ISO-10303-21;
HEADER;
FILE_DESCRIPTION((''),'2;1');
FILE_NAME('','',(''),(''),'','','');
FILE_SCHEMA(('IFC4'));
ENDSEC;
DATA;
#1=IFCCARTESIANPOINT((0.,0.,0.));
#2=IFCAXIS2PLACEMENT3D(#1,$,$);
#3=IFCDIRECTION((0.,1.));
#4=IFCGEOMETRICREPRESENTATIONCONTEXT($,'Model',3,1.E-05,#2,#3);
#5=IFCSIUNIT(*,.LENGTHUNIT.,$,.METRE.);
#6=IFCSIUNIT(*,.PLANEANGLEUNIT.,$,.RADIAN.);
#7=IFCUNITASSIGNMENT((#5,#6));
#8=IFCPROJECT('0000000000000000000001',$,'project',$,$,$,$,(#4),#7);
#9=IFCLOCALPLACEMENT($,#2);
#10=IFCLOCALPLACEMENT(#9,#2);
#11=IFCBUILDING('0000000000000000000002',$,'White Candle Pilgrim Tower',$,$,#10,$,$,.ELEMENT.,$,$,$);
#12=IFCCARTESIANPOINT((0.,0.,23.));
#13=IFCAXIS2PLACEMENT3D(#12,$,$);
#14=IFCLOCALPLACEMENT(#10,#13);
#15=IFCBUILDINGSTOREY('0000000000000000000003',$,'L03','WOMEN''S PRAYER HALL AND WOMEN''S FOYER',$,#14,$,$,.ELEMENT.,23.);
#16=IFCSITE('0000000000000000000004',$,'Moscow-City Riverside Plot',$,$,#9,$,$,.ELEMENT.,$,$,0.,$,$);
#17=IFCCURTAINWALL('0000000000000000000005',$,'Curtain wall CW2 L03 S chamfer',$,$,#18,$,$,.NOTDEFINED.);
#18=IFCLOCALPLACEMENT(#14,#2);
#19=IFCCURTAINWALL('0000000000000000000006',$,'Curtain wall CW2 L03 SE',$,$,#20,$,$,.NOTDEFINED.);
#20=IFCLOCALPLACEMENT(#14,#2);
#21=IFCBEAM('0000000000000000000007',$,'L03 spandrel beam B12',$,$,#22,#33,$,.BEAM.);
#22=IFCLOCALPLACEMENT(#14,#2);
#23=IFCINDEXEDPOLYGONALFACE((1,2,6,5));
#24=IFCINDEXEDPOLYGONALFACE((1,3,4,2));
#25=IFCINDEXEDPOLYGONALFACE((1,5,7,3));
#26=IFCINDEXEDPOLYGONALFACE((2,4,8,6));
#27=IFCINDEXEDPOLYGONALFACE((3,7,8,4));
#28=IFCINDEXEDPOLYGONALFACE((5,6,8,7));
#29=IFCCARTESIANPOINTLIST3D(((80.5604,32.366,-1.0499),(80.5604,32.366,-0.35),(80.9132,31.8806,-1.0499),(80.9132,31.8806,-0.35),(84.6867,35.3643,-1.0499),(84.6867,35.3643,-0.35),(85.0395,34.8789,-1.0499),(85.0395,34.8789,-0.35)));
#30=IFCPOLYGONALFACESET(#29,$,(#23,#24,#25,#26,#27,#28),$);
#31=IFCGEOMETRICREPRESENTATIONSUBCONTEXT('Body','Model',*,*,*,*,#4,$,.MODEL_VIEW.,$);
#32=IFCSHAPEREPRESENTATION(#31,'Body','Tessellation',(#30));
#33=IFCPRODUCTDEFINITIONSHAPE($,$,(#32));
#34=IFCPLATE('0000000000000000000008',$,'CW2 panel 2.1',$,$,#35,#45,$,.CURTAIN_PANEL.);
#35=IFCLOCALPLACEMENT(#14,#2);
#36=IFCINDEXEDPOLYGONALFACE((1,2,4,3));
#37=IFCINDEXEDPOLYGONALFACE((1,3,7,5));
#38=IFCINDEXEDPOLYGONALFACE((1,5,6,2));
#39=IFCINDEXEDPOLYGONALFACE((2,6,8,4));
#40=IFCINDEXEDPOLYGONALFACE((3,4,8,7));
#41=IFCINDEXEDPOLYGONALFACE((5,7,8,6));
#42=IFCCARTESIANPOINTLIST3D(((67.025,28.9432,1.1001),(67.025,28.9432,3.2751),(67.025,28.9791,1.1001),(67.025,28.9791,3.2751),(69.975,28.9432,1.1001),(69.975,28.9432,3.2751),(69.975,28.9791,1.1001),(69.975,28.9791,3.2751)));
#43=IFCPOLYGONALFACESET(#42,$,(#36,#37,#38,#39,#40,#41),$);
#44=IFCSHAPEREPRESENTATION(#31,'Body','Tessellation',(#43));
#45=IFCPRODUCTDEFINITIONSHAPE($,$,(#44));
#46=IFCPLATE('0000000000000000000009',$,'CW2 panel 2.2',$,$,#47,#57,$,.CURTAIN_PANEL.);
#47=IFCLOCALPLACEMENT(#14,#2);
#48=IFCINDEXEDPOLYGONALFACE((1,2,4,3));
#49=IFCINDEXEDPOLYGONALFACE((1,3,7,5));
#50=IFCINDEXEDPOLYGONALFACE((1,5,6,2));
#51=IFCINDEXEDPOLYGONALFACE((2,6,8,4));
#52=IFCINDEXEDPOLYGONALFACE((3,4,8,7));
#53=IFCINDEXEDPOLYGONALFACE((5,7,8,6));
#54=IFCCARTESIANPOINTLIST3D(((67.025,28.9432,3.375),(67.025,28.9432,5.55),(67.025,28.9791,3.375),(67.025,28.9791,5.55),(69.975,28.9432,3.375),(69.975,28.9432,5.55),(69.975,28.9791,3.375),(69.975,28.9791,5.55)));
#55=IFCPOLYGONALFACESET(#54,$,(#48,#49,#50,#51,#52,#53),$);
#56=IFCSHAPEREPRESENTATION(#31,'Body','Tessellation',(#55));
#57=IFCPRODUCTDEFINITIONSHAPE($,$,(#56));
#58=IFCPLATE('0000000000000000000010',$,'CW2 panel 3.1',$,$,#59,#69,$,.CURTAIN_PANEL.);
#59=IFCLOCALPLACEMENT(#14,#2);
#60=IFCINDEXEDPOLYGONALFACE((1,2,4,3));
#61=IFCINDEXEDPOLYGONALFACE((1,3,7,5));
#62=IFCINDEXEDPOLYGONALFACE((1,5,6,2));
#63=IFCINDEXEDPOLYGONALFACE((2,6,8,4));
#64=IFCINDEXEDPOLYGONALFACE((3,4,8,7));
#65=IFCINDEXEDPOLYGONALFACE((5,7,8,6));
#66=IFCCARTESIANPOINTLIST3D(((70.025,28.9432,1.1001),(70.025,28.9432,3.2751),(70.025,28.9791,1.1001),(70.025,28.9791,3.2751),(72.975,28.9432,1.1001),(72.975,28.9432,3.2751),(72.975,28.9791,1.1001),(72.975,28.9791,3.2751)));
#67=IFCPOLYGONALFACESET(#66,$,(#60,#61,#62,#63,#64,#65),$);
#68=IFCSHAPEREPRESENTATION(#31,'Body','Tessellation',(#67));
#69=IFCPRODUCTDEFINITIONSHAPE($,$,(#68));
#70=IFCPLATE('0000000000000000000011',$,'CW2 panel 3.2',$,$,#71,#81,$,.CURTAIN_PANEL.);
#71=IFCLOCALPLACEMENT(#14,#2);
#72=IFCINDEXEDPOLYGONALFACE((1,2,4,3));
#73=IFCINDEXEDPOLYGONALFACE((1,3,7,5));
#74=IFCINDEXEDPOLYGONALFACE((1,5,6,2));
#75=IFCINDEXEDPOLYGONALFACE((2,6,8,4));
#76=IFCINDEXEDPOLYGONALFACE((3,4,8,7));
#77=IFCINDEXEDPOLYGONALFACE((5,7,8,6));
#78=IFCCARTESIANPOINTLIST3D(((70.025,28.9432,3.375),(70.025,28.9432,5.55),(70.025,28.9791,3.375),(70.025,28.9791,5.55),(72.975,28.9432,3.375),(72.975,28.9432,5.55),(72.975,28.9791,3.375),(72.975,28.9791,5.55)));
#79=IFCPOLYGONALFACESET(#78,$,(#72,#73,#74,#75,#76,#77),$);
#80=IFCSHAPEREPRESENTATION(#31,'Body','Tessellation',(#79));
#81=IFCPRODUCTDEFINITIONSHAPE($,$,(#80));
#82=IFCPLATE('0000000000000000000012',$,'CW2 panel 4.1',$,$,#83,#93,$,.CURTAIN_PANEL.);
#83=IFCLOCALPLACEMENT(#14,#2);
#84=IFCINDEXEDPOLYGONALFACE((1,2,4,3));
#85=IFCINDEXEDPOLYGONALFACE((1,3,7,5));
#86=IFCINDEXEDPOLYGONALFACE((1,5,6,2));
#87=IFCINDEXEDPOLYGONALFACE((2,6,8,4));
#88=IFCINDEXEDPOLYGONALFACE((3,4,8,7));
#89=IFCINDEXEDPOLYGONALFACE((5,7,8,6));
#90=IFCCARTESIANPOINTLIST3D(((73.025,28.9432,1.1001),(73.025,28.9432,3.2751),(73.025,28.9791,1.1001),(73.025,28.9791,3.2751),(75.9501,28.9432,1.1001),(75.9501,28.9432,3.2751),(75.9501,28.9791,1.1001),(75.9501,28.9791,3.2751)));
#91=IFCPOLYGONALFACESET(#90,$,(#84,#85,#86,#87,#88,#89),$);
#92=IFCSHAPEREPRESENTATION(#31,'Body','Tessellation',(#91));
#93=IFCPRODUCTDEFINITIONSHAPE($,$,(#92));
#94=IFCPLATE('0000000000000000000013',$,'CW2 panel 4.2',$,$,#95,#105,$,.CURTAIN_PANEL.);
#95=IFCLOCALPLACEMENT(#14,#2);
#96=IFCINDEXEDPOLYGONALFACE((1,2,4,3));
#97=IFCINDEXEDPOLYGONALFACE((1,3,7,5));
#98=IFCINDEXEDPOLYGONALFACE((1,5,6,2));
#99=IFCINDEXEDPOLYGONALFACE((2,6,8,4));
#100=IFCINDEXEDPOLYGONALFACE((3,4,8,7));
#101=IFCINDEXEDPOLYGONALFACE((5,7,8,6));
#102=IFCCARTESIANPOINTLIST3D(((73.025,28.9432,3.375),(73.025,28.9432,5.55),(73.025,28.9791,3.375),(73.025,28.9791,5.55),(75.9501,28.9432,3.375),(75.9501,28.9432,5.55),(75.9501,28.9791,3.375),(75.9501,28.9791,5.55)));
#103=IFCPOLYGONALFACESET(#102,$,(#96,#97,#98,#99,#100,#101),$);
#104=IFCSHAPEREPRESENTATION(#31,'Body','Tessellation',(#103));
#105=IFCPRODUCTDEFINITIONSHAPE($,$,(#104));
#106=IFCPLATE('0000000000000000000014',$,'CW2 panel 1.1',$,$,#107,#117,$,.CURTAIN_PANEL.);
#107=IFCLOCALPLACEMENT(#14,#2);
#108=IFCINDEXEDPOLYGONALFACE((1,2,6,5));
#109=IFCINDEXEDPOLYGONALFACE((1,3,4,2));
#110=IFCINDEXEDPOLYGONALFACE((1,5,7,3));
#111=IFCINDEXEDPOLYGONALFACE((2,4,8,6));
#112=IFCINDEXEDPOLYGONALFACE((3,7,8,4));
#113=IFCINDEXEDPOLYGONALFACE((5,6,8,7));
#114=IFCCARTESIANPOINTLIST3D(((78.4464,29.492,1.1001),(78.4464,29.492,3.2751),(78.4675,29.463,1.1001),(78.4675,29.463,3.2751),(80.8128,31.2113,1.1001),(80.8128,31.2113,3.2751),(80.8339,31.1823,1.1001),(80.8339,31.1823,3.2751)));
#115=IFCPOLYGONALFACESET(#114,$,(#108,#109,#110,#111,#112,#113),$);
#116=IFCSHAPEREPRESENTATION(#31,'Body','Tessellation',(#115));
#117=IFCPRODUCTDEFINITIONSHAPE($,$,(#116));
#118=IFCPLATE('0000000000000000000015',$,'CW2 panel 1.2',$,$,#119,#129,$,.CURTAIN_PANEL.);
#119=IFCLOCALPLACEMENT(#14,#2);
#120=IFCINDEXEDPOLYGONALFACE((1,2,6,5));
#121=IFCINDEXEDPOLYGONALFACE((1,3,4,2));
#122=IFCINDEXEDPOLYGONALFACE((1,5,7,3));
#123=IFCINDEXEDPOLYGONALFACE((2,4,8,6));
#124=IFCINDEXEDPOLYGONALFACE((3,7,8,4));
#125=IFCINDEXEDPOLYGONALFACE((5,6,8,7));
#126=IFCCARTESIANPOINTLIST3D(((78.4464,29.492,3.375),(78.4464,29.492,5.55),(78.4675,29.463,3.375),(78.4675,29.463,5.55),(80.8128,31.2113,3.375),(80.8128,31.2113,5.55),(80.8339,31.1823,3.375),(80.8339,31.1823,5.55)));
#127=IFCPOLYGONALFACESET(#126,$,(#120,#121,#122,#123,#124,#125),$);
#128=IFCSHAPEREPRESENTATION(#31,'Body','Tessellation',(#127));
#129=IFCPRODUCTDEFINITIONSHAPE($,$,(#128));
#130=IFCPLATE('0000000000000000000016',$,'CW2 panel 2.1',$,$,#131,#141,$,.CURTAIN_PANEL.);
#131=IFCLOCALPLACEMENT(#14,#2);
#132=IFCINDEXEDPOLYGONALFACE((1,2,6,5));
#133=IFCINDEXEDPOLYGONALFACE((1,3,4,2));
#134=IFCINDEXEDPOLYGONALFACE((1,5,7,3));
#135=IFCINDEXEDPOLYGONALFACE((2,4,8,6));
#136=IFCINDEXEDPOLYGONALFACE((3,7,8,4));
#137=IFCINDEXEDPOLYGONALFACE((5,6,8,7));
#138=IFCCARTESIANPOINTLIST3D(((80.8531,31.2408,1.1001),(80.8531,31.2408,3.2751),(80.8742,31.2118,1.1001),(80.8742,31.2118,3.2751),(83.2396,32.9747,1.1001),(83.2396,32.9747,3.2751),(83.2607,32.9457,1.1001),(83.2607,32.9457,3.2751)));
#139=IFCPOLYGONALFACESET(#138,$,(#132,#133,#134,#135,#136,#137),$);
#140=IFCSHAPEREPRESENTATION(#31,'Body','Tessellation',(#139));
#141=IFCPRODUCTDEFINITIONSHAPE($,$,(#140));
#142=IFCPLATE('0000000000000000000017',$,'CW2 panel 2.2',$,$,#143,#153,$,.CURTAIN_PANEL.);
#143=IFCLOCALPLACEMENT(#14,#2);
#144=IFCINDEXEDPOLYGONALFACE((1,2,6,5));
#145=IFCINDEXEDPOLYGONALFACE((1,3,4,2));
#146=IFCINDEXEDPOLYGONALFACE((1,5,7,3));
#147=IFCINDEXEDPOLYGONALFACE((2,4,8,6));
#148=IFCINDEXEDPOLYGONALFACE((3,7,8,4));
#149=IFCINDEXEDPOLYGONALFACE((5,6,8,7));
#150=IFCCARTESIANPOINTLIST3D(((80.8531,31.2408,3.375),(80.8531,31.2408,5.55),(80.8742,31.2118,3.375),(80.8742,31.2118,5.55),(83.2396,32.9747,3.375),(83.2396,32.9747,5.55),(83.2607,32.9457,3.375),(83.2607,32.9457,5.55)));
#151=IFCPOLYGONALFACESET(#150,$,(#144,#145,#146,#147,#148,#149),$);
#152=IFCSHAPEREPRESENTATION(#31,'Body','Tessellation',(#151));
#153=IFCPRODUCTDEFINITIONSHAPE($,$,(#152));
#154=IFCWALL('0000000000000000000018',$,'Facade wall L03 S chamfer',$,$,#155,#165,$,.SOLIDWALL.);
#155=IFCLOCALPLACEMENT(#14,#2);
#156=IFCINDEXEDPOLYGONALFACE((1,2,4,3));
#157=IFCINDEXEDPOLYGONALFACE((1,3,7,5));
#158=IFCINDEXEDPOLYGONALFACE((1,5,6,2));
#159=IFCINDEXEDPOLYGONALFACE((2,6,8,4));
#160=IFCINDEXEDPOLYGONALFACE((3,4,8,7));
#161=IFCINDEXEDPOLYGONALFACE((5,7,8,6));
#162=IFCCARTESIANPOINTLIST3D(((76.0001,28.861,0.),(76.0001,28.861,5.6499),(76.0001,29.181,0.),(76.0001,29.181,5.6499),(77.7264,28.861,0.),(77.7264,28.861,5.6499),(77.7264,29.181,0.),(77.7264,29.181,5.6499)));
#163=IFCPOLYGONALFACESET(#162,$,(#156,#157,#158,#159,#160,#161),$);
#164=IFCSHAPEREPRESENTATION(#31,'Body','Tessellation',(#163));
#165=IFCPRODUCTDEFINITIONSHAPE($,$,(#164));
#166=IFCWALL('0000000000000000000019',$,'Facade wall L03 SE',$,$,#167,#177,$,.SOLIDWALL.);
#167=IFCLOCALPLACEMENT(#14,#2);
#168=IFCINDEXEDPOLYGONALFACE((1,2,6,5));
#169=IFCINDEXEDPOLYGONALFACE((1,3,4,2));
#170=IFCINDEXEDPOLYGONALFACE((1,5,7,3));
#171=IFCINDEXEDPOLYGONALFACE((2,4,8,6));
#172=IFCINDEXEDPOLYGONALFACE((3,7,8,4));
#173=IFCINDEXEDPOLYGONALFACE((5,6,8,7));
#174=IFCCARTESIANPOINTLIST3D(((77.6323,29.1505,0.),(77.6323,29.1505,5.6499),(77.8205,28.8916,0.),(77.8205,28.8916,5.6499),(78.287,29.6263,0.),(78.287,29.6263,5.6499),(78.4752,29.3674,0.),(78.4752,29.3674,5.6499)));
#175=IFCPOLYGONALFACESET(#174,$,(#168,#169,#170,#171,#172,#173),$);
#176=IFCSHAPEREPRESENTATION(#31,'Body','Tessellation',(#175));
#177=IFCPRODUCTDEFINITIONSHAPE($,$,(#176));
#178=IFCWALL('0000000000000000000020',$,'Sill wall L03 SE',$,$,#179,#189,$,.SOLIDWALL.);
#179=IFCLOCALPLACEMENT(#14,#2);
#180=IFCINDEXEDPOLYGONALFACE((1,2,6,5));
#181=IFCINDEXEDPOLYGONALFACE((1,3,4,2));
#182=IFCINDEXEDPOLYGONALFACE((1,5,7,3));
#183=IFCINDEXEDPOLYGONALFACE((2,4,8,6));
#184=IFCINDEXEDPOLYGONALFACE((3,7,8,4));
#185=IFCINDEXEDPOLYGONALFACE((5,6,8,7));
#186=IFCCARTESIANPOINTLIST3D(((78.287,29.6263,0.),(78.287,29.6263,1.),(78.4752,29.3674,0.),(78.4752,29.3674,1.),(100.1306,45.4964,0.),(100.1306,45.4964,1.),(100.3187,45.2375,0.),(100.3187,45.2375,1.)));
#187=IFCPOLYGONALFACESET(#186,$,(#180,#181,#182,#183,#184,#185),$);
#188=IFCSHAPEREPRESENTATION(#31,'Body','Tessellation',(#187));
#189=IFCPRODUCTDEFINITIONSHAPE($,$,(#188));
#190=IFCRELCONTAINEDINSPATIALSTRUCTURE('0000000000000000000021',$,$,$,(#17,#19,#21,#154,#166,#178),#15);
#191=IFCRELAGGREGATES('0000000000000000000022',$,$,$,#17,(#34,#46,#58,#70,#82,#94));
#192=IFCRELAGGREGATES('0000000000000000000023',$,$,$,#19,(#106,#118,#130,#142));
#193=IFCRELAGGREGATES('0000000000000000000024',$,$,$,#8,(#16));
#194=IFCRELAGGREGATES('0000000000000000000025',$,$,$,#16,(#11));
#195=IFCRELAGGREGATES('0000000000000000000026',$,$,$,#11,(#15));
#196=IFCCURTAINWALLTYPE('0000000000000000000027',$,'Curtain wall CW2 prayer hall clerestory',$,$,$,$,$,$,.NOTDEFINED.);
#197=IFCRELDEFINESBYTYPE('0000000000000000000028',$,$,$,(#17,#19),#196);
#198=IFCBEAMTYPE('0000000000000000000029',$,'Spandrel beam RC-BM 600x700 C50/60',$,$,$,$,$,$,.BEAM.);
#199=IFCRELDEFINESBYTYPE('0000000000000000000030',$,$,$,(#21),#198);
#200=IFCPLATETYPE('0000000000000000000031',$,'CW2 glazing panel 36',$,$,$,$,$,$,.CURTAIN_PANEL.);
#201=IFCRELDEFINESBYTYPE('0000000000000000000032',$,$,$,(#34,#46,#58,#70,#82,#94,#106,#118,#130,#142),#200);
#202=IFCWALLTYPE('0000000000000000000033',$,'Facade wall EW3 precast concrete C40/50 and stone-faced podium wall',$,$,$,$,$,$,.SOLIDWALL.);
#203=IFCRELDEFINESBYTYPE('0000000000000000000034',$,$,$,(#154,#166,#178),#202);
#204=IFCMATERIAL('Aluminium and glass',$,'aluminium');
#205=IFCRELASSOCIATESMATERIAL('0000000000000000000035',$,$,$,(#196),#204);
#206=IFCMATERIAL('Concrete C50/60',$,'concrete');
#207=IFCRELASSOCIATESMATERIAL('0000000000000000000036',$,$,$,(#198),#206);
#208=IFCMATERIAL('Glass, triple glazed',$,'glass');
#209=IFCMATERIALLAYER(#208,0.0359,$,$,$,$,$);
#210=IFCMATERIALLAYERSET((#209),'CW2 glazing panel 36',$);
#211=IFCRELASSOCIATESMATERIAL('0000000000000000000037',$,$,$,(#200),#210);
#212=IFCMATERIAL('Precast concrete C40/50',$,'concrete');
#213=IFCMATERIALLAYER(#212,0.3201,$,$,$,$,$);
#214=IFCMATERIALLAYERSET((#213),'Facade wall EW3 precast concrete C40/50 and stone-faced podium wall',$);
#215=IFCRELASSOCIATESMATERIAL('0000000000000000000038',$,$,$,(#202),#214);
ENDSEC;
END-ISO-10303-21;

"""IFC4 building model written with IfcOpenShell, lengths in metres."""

from ifc_helpers import new_model, si_unit, direction, frame, frame_2d, origin, origin_2d, place, context, subcontext, project, spatial, rectangle, extrude, material, layer, layer_set, material_profile, profile_set, type_object, element, aggregate, save


model = new_model("IFC4")

# Units and contexts
model_context = context("Model", 3, precision=1e-05, world=origin(), true_north=direction((0.0, 1.0)))
body_context = subcontext(model_context, "Body", "Model", "MODEL_VIEW")
ifc_project = project(units=[si_unit("LENGTHUNIT", "METRE"), si_unit("PLANEANGLEUNIT", "RADIAN")], contexts=[model_context])

# Site, building, storey
site_placement = place(None, origin())
site = spatial("IfcSite", under=ifc_project, at=site_placement, Name="Moscow-City Riverside Plot", CompositionType="ELEMENT", RefElevation=0.0)
building_placement = place(site_placement, origin())
building = spatial("IfcBuilding", under=site, at=building_placement, Name="White Candle Pilgrim Tower", CompositionType="ELEMENT")
storey_placement = place(building_placement, frame((0.0, 0.0, 23.0)))
storey = spatial("IfcBuildingStorey", under=building, at=storey_placement, Name="L03", Description="WOMEN'S PRAYER HALL AND WOMEN'S FOYER", CompositionType="ELEMENT", Elevation=23.0)

# Curtain walls
ifc_material_1 = material(Name="Aluminium and glass", Category="aluminium")
curtain_wall_type = type_object("IfcCurtainWallType", Name="Curtain wall CW2 prayer hall clerestory", PredefinedType="NOTDEFINED", material=ifc_material_1)
curtain_wall_1_placement = place(storey_placement, origin())
curtain_wall_1 = element("IfcCurtainWall", 1, at=curtain_wall_1_placement, inside=storey, type_object=curtain_wall_type, Name="Curtain wall CW2 L03 S chamfer", PredefinedType="NOTDEFINED")
curtain_wall_2_placement = place(storey_placement, origin())
curtain_wall_2 = element("IfcCurtainWall", 2, at=curtain_wall_2_placement, inside=storey, type_object=curtain_wall_type, Name="Curtain wall CW2 L03 SE", PredefinedType="NOTDEFINED")

# Beam
ifc_material_2 = material(Name="Concrete C50/60", Category="concrete")
ifc_material_profile_1 = material_profile(ifc_material_2, rectangle(XDim=0.6001, YDim=0.7, at=origin_2d()), Name="RC-BM 600x700")
ifc_profile_set_1 = profile_set([ifc_material_profile_1], Name="Concrete C50/60")
beam_type = type_object("IfcBeamType", Name="Spandrel beam RC-BM 600x700 C50/60", PredefinedType="BEAM", material=ifc_profile_set_1)
beam_1_placement = place(storey_placement, frame((80.7368, 32.1233, -0.7), z_axis=(0.808978, 0.587839, 0.0), x_axis=(-0.587839, 0.808978, 0.0)))
element("IfcBeam", 3, at=beam_1_placement, inside=storey, type_object=beam_type, Name="L03 spandrel beam B12", PredefinedType="BEAM", context=body_context, shape_type="SweptSolid", body=[
    extrude(rectangle(XDim=0.6001, YDim=0.7, at=origin_2d()), origin(), (0.0, 0.0, 1.0), 5.1006),
])

# Plates
ifc_material_3 = material(Name="Glass, triple glazed", Category="glass")
ifc_layer_1 = layer(ifc_material_3, 0.0359)
ifc_layer_set_1 = layer_set([ifc_layer_1], Name="CW2 glazing panel 36")
plate_type = type_object("IfcPlateType", Name="CW2 glazing panel 36", PredefinedType="CURTAIN_PANEL", material=ifc_layer_set_1)
plate_1_placement = place(storey_placement, frame((68.5, 28.9612, 1.1001), z_axis=(0.0, 0.0, 1.0), x_axis=(1.0, 0.0, 0.0)))
plate_1 = element("IfcPlate", 4, at=plate_1_placement, type_object=plate_type, Name="CW2 panel 2.1", PredefinedType="CURTAIN_PANEL", context=body_context, shape_type="SweptSolid", body=[
    extrude(rectangle(XDim=2.95, YDim=0.0359, at=origin_2d()), origin(), (0.0, 0.0, 1.0), 2.175),
])
plate_2_placement = place(storey_placement, frame((68.5, 28.9612, 3.375), z_axis=(0.0, 0.0, 1.0), x_axis=(1.0, 0.0, 0.0)))
plate_2 = element("IfcPlate", 5, at=plate_2_placement, type_object=plate_type, Name="CW2 panel 2.2", PredefinedType="CURTAIN_PANEL", context=body_context, shape_type="SweptSolid", body=[
    extrude(rectangle(XDim=2.95, YDim=0.0359, at=origin_2d()), origin(), (0.0, 0.0, 1.0), 2.175),
])
plate_3_placement = place(storey_placement, frame((71.5, 28.9612, 1.1001), z_axis=(0.0, 0.0, 1.0), x_axis=(1.0, 0.0, 0.0)))
plate_3 = element("IfcPlate", 6, at=plate_3_placement, type_object=plate_type, Name="CW2 panel 3.1", PredefinedType="CURTAIN_PANEL", context=body_context, shape_type="SweptSolid", body=[
    extrude(rectangle(XDim=2.95, YDim=0.0359, at=origin_2d()), origin(), (0.0, 0.0, 1.0), 2.175),
])
plate_4_placement = place(storey_placement, frame((71.5, 28.9612, 3.375), z_axis=(0.0, 0.0, 1.0), x_axis=(1.0, 0.0, 0.0)))
plate_4 = element("IfcPlate", 7, at=plate_4_placement, type_object=plate_type, Name="CW2 panel 3.2", PredefinedType="CURTAIN_PANEL", context=body_context, shape_type="SweptSolid", body=[
    extrude(rectangle(XDim=2.95, YDim=0.0359, at=origin_2d()), origin(), (0.0, 0.0, 1.0), 2.175),
])
plate_5_placement = place(storey_placement, frame((74.4875, 28.9612, 1.1001), z_axis=(0.0, 0.0, 1.0), x_axis=(1.0, 0.0, 0.0)))
plate_5 = element("IfcPlate", 8, at=plate_5_placement, type_object=plate_type, Name="CW2 panel 4.1", PredefinedType="CURTAIN_PANEL", context=body_context, shape_type="SweptSolid", body=[
    extrude(rectangle(XDim=2.925, YDim=0.0359, at=origin_2d()), origin(), (0.0, 0.0, 1.0), 2.175),
])
plate_6_placement = place(storey_placement, frame((74.4875, 28.9612, 3.375), z_axis=(0.0, 0.0, 1.0), x_axis=(1.0, 0.0, 0.0)))
plate_6 = element("IfcPlate", 9, at=plate_6_placement, type_object=plate_type, Name="CW2 panel 4.2", PredefinedType="CURTAIN_PANEL", context=body_context, shape_type="SweptSolid", body=[
    extrude(rectangle(XDim=2.925, YDim=0.0359, at=origin_2d()), origin(), (0.0, 0.0, 1.0), 2.175),
])
aggregate(curtain_wall_1, [plate_1, plate_2, plate_3, plate_4, plate_5, plate_6])
plate_7_placement = place(storey_placement, frame((79.6401, 30.3372, 1.1001), z_axis=(0.0, 0.0, 1.0), x_axis=(0.809017, 0.587785, 0.0)))
plate_7 = element("IfcPlate", 10, at=plate_7_placement, type_object=plate_type, Name="CW2 panel 1.1", PredefinedType="CURTAIN_PANEL", context=body_context, shape_type="SweptSolid", body=[
    extrude(rectangle(XDim=2.925, YDim=0.0359, at=origin_2d()), origin(), (0.0, 0.0, 1.0), 2.175),
])
plate_8_placement = place(storey_placement, frame((79.6401, 30.3372, 3.375), z_axis=(0.0, 0.0, 1.0), x_axis=(0.809017, 0.587785, 0.0)))
plate_8 = element("IfcPlate", 11, at=plate_8_placement, type_object=plate_type, Name="CW2 panel 1.2", PredefinedType="CURTAIN_PANEL", context=body_context, shape_type="SweptSolid", body=[
    extrude(rectangle(XDim=2.925, YDim=0.0359, at=origin_2d()), origin(), (0.0, 0.0, 1.0), 2.175),
])
plate_9_placement = place(storey_placement, frame((82.0569, 32.0933, 1.1001), z_axis=(0.0, 0.0, 1.0), x_axis=(0.809017, 0.587785, 0.0)))
plate_9 = element("IfcPlate", 12, at=plate_9_placement, type_object=plate_type, Name="CW2 panel 2.1", PredefinedType="CURTAIN_PANEL", context=body_context, shape_type="SweptSolid", body=[
    extrude(rectangle(XDim=2.95, YDim=0.0359, at=origin_2d()), origin(), (0.0, 0.0, 1.0), 2.175),
])
plate_10_placement = place(storey_placement, frame((82.0569, 32.0933, 3.375), z_axis=(0.0, 0.0, 1.0), x_axis=(0.809017, 0.587785, 0.0)))
plate_10 = element("IfcPlate", 13, at=plate_10_placement, type_object=plate_type, Name="CW2 panel 2.2", PredefinedType="CURTAIN_PANEL", context=body_context, shape_type="SweptSolid", body=[
    extrude(rectangle(XDim=2.95, YDim=0.0359, at=origin_2d()), origin(), (0.0, 0.0, 1.0), 2.175),
])
aggregate(curtain_wall_2, [plate_7, plate_8, plate_9, plate_10])

# Walls
ifc_material_4 = material(Name="Precast concrete C40/50", Category="concrete")
ifc_layer_2 = layer(ifc_material_4, 0.3201)
ifc_layer_set_2 = layer_set([ifc_layer_2], Name="Facade wall EW3 precast concrete C40/50 and stone-faced podium wall")
wall_type_1 = type_object("IfcWallType", Name="Facade wall EW3 precast concrete C40/50 and stone-faced podium wall", PredefinedType="SOLIDWALL", material=ifc_layer_set_2)
wall_1_placement = place(storey_placement, frame((76.0, 29.021, 0.0), z_axis=(0.0, 0.0, 1.0), x_axis=(1.0, 0.0, 0.0)))
element("IfcWall", 14, at=wall_1_placement, inside=storey, type_object=wall_type_1, Name="Facade wall L03 S chamfer", PredefinedType="SOLIDWALL", context=body_context, shape_type="SweptSolid", body=[
    extrude(rectangle(XDim=1.7263, YDim=0.3201, at=frame_2d((0.8633, 0.0))), origin(), (0.0, 0.0, 1.0), 5.6499),
])
wall_2_placement = place(storey_placement, frame((77.7263, 29.021, 0.0), z_axis=(0.0, 0.0, 1.0), x_axis=(0.808958, 0.587867, 0.0)))
element("IfcWall", 15, at=wall_2_placement, inside=storey, type_object=wall_type_1, Name="Facade wall L03 SE", PredefinedType="SOLIDWALL", context=body_context, shape_type="SweptSolid", body=[
    extrude(rectangle(XDim=0.8093, YDim=0.3201, at=frame_2d((0.4048, 0.0))), origin(), (0.0, 0.0, 1.0), 5.6499),
])
wall_3_placement = place(storey_placement, frame((78.3811, 29.4968, 0.0), z_axis=(0.0, 0.0, 1.0), x_axis=(0.809019, 0.587782, 0.0)))
element("IfcWall", 16, at=wall_3_placement, inside=storey, type_object=wall_type_1, Name="Sill wall L03 SE", PredefinedType="SOLIDWALL", context=body_context, shape_type="SweptSolid", body=[
    extrude(rectangle(XDim=27.0, YDim=0.3201, at=frame_2d((13.5, 0.0))), origin(), (0.0, 0.0, 1.0), 1.0),
])

save(model, "model.ifc")
